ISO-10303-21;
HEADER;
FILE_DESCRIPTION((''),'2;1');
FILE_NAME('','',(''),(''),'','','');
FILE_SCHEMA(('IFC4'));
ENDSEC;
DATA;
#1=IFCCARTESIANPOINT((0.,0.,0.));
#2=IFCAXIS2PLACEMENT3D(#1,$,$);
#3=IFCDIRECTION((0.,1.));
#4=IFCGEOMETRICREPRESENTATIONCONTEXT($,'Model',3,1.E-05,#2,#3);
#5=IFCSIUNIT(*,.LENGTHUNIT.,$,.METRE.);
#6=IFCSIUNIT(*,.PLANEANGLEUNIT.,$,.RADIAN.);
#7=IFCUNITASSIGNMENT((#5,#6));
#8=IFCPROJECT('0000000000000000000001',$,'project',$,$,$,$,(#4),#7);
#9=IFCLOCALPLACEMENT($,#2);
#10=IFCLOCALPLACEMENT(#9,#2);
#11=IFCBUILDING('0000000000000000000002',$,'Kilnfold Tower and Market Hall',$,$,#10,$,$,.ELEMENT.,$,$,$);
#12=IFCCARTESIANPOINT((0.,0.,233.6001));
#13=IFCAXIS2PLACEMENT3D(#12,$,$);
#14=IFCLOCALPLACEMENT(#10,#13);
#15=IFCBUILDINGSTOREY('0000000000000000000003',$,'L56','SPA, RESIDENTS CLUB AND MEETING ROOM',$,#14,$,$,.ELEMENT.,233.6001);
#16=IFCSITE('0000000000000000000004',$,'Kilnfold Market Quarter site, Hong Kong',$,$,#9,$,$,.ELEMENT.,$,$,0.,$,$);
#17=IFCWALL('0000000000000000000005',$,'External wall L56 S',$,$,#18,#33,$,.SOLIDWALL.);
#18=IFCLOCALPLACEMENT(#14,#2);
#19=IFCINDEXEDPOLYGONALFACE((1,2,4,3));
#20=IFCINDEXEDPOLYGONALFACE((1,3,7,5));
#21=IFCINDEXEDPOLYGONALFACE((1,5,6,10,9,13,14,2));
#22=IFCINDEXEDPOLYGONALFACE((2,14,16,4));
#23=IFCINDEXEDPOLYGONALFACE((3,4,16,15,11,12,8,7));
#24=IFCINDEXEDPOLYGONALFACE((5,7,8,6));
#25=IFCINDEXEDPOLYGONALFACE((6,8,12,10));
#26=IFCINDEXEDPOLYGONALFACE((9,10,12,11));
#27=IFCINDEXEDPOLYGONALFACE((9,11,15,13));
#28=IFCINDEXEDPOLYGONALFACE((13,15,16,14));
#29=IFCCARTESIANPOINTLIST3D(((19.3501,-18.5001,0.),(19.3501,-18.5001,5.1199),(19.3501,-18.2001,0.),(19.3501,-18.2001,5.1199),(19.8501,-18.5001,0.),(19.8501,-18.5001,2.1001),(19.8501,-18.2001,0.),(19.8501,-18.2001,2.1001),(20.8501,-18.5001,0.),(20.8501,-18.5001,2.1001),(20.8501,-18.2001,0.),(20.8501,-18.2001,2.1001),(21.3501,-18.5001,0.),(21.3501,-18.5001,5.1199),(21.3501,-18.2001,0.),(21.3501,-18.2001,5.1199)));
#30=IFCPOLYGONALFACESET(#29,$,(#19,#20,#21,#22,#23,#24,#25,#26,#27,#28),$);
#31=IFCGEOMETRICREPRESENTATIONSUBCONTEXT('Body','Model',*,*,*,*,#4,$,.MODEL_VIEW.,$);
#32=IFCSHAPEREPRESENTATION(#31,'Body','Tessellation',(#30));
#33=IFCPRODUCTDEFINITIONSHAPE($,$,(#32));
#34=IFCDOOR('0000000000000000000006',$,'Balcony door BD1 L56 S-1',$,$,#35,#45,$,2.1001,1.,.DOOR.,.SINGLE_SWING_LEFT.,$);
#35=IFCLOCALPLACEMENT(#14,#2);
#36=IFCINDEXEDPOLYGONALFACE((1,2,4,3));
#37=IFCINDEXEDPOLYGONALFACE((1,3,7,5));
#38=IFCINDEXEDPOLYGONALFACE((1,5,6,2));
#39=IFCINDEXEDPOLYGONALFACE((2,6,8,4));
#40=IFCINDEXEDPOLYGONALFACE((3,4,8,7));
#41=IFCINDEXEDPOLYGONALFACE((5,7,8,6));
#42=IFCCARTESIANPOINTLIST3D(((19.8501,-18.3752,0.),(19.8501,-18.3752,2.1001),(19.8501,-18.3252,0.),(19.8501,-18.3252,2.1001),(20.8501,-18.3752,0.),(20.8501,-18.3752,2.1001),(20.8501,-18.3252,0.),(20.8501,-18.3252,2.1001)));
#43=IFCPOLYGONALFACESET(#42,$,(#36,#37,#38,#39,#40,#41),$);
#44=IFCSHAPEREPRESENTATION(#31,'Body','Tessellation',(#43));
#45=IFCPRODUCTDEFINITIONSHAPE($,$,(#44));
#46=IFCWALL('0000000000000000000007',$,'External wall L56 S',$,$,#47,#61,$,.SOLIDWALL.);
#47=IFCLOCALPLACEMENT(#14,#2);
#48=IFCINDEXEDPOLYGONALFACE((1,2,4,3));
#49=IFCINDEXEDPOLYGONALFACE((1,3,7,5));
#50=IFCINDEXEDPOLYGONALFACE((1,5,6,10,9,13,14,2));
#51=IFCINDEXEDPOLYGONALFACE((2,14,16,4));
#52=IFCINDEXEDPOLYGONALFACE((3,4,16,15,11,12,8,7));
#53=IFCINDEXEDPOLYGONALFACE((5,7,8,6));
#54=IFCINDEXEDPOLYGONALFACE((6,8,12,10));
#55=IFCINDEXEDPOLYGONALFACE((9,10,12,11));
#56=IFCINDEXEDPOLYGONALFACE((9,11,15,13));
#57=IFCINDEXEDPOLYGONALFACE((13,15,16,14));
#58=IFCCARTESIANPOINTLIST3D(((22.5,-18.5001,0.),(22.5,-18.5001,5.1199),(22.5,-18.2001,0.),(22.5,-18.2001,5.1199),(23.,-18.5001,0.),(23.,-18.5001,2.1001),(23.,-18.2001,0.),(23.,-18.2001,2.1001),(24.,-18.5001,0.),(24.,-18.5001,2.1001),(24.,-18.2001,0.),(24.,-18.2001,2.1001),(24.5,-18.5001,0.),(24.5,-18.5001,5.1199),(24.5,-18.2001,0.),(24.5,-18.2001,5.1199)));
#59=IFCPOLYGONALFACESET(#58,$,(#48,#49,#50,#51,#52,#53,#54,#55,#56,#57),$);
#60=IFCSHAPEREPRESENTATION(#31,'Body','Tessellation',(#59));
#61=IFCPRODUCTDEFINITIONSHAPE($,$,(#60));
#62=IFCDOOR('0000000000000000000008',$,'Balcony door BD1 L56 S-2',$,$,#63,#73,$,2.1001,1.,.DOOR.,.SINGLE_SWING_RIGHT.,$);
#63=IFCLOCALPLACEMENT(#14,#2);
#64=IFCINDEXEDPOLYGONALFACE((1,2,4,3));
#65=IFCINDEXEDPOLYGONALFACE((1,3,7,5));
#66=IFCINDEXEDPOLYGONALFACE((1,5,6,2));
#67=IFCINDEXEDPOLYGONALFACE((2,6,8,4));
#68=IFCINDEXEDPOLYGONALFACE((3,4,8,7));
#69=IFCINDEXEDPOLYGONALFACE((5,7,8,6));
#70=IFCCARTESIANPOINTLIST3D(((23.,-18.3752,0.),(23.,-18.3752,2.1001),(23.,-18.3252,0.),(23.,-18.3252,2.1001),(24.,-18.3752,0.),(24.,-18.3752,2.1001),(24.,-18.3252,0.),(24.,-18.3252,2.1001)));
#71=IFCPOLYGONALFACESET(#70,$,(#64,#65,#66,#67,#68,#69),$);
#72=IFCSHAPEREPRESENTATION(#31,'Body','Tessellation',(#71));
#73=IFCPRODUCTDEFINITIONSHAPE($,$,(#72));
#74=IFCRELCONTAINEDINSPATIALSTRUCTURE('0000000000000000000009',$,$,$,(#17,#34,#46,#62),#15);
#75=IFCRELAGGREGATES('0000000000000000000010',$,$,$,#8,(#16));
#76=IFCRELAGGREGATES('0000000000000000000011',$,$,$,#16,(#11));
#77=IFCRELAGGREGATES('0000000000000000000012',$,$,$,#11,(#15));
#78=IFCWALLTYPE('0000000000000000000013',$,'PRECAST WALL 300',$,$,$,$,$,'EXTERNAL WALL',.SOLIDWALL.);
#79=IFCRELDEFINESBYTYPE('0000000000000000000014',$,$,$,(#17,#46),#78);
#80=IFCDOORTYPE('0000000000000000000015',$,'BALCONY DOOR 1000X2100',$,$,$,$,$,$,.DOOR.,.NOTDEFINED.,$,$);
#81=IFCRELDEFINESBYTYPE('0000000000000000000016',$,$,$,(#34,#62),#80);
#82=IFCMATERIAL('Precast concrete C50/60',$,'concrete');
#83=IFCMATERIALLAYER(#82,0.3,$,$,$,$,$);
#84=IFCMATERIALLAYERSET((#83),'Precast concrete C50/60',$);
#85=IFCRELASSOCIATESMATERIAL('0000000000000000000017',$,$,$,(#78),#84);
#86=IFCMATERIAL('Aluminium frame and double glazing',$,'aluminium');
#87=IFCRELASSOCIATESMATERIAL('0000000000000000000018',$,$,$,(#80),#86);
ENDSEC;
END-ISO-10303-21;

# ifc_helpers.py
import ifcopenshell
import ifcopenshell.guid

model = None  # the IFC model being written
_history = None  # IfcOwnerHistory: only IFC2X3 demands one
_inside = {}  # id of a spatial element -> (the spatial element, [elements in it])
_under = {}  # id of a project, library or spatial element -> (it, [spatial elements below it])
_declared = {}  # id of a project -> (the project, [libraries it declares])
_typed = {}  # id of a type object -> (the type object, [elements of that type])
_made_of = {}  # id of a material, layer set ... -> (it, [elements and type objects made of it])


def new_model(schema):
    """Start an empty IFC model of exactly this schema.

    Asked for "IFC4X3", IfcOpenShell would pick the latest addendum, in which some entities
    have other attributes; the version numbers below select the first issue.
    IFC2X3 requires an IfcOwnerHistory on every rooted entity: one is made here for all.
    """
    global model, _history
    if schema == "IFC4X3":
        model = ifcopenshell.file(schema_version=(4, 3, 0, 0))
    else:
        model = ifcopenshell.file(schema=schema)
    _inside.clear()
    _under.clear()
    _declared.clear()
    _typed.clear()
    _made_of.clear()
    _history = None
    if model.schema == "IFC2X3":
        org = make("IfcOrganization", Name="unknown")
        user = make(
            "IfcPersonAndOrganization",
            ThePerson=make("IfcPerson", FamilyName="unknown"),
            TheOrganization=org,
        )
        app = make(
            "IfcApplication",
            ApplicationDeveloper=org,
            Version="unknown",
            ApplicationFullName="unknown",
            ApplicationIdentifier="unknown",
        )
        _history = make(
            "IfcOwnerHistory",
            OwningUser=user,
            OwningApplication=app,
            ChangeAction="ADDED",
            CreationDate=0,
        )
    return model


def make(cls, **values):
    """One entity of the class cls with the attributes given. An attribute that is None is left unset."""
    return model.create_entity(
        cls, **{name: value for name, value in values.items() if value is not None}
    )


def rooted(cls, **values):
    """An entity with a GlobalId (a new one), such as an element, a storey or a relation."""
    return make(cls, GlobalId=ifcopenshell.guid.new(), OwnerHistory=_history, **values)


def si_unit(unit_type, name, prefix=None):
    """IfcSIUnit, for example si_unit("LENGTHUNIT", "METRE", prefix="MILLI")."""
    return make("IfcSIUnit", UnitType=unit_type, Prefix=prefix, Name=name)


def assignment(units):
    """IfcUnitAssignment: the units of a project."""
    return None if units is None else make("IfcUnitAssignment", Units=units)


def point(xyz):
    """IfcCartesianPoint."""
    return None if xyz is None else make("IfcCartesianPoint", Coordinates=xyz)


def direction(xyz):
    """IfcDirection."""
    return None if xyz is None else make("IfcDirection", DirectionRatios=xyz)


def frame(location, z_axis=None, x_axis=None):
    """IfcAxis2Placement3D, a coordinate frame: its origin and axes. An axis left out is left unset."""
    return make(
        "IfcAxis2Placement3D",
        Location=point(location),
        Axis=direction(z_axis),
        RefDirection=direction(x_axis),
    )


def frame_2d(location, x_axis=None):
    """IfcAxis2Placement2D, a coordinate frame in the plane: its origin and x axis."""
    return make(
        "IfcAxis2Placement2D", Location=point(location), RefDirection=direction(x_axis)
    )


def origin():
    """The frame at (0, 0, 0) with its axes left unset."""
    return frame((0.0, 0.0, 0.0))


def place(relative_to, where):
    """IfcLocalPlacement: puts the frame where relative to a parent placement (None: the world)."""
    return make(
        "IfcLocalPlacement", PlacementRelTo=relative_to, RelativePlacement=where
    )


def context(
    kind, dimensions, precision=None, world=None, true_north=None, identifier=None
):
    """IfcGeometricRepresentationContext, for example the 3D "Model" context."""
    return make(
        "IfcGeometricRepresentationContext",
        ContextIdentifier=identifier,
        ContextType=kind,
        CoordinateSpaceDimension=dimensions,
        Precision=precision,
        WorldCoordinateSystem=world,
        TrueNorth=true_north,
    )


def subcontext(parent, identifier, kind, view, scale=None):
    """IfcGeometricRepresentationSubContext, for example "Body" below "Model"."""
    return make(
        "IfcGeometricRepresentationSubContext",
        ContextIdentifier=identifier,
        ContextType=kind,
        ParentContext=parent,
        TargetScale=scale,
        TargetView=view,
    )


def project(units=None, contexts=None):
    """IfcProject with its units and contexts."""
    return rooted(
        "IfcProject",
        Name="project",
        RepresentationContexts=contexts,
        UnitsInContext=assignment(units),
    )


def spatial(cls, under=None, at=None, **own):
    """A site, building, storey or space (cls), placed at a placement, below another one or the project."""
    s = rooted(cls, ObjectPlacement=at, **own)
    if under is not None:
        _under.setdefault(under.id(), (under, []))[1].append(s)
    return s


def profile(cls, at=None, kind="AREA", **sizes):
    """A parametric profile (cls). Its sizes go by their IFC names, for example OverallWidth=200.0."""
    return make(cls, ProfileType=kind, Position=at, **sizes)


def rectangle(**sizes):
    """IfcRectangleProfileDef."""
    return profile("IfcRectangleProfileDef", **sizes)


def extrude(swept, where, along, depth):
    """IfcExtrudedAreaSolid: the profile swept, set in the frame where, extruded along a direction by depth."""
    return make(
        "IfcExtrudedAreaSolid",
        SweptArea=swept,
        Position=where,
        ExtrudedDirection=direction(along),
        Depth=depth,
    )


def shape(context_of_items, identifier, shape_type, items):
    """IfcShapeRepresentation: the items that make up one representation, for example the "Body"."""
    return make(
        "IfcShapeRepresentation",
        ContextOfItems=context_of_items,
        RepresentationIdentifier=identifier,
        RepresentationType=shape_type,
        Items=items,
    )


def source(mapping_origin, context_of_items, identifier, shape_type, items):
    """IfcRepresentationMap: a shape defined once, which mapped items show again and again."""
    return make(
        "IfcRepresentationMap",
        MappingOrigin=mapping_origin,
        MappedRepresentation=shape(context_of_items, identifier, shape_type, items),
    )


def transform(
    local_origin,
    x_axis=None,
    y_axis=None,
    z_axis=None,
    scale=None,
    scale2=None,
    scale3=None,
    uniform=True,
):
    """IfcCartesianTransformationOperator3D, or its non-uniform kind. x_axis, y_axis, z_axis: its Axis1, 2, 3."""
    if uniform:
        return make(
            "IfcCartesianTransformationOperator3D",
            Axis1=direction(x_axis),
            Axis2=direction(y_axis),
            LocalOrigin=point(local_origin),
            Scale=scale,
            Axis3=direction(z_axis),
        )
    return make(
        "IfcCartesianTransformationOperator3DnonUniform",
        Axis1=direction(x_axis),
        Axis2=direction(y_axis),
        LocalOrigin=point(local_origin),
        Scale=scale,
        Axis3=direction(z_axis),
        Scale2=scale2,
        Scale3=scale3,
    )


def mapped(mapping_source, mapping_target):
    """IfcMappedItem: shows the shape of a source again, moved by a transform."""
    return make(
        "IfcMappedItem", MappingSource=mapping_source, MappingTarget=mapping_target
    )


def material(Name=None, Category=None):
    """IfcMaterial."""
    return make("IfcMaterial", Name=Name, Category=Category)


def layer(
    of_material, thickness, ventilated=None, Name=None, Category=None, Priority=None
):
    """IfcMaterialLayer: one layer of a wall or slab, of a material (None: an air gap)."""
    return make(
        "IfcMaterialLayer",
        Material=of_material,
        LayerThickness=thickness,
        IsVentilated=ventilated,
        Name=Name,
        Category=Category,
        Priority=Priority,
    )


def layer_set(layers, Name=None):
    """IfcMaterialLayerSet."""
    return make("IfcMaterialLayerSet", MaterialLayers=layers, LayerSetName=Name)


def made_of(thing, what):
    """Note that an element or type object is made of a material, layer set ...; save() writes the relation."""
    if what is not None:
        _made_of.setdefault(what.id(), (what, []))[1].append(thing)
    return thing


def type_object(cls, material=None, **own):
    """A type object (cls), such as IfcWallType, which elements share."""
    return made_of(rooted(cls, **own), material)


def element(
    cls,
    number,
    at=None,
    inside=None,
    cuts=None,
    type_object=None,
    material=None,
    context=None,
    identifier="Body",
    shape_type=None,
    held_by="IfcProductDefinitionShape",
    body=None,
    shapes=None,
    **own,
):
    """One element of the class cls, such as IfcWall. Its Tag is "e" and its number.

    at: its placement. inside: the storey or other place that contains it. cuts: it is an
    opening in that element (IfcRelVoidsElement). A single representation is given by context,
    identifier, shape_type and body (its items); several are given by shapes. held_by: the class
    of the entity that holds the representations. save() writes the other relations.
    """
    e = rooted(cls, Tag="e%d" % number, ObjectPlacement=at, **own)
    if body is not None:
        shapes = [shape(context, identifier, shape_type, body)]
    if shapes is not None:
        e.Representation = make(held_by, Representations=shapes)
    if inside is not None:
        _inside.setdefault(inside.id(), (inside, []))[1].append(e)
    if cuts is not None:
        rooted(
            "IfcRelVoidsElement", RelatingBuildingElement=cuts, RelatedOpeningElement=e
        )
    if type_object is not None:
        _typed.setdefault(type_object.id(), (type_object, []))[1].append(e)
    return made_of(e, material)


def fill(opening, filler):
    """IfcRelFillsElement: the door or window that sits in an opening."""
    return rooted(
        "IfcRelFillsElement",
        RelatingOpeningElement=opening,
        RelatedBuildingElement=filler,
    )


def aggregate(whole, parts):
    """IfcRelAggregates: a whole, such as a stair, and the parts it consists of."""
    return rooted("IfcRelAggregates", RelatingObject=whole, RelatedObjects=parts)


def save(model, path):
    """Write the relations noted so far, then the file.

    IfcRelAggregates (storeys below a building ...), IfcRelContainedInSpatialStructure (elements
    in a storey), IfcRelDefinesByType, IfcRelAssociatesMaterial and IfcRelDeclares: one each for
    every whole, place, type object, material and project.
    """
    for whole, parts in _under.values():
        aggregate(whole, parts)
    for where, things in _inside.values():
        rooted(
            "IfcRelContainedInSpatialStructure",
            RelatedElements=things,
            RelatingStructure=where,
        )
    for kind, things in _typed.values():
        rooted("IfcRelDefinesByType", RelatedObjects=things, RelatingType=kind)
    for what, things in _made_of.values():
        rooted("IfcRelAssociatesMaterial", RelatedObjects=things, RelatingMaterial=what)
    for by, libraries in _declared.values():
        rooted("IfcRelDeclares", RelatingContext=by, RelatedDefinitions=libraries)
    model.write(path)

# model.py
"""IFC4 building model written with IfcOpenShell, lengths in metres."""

from ifc_helpers import new_model, si_unit, direction, frame, frame_2d, origin, place, context, subcontext, project, spatial, rectangle, extrude, source, transform, mapped, material, layer, layer_set, type_object, element, fill, save


model = new_model("IFC4")

# Units and contexts
model_context = context("Model", 3, precision=1e-05, world=origin(), true_north=direction((0.0, 1.0)))
body_context = subcontext(model_context, "Body", "Model", "MODEL_VIEW")
ifc_project = project(units=[si_unit("LENGTHUNIT", "METRE"), si_unit("PLANEANGLEUNIT", "RADIAN")], contexts=[model_context])

# Site, building, storey
site_placement = place(None, origin())
site = spatial("IfcSite", under=ifc_project, at=site_placement, Name="Kilnfold Market Quarter site, Hong Kong", CompositionType="ELEMENT", RefElevation=0.0)
building_placement = place(site_placement, origin())
building = spatial("IfcBuilding", under=site, at=building_placement, Name="Kilnfold Tower and Market Hall", CompositionType="ELEMENT")
storey_placement = place(building_placement, frame((0.0, 0.0, 233.6001)))
storey = spatial("IfcBuildingStorey", under=building, at=storey_placement, Name="L56", Description="SPA, RESIDENTS CLUB AND MEETING ROOM", CompositionType="ELEMENT", Elevation=233.6001)

# Walls, openings, doors
ifc_material_1 = material(Name="Precast concrete C50/60", Category="concrete")
ifc_layer_1 = layer(ifc_material_1, 0.3)
ifc_layer_set_1 = layer_set([ifc_layer_1], Name="Precast concrete C50/60")
wall_type = type_object("IfcWallType", Name="PRECAST WALL 300", ElementType="EXTERNAL WALL", PredefinedType="SOLIDWALL", material=ifc_layer_set_1)
shared_shape_1 = source(origin(), body_context, "Body", "SweptSolid", [
    extrude(rectangle(XDim=2.0, YDim=0.3, at=frame_2d((1.0, 0.0))), origin(), (0.0, 0.0, 1.0), 5.1199),
])
wall_1_placement = place(storey_placement, frame((19.3501, -18.3501, 0.0), z_axis=(0.0, 0.0, 1.0), x_axis=(1.0, 0.0, 0.0)))
wall_1 = element("IfcWall", 1, at=wall_1_placement, inside=storey, type_object=wall_type, Name="External wall L56 S", PredefinedType="SOLIDWALL", context=body_context, shape_type="MappedRepresentation", body=[
    mapped(shared_shape_1, transform((0.0, 0.0, 0.0))),
])
opening_1_placement = place(wall_1_placement, frame((0.5, 0.0, 0.0)))
opening_1 = element("IfcOpeningElement", 2, at=opening_1_placement, cuts=wall_1, PredefinedType="OPENING", context=body_context, shape_type="SweptSolid", body=[
    extrude(rectangle(XDim=1.0, YDim=2.1001, at=frame_2d((0.5, 1.05))), frame((0.0, 0.1602, 0.0), z_axis=(0.0, -1.0, 0.0), x_axis=(1.0, 0.0, 0.0)), (0.0, 0.0, 1.0), 0.3201),
])
ifc_material_2 = material(Name="Aluminium frame and double glazing", Category="aluminium")
door_type = type_object("IfcDoorType", Name="BALCONY DOOR 1000X2100", OperationType="NOTDEFINED", PredefinedType="DOOR", material=ifc_material_2)
door_1_placement = place(opening_1_placement, origin())
door_1 = element("IfcDoor", 3, at=door_1_placement, inside=storey, type_object=door_type, Name="Balcony door BD1 L56 S-1", OperationType="SINGLE_SWING_LEFT", OverallHeight=2.1001, OverallWidth=1.0, PredefinedType="DOOR", context=body_context, shape_type="SweptSolid", body=[
    extrude(rectangle(XDim=1.0, YDim=2.1001, at=frame_2d((0.5, 1.05))), frame((0.0, 0.0249, 0.0), z_axis=(0.0, -1.0, 0.0), x_axis=(1.0, 0.0, 0.0)), (0.0, 0.0, 1.0), 0.05),
])
fill(opening_1, door_1)
wall_2_placement = place(storey_placement, frame((22.5, -18.3501, 0.0), z_axis=(0.0, 0.0, 1.0), x_axis=(1.0, 0.0, 0.0)))
wall_2 = element("IfcWall", 4, at=wall_2_placement, inside=storey, type_object=wall_type, Name="External wall L56 S", PredefinedType="SOLIDWALL", context=body_context, shape_type="MappedRepresentation", body=[
    mapped(shared_shape_1, transform((0.0, 0.0, 0.0))),
])
opening_2_placement = place(wall_2_placement, frame((0.5, 0.0, 0.0)))
opening_2 = element("IfcOpeningElement", 5, at=opening_2_placement, cuts=wall_2, PredefinedType="OPENING", context=body_context, shape_type="SweptSolid", body=[
    extrude(rectangle(XDim=1.0, YDim=2.1001, at=frame_2d((0.5, 1.05))), frame((0.0, 0.1602, 0.0), z_axis=(0.0, -1.0, 0.0), x_axis=(1.0, 0.0, 0.0)), (0.0, 0.0, 1.0), 0.3201),
])
door_2_placement = place(opening_2_placement, origin())
door_2 = element("IfcDoor", 6, at=door_2_placement, inside=storey, type_object=door_type, Name="Balcony door BD1 L56 S-2", OperationType="SINGLE_SWING_RIGHT", OverallHeight=2.1001, OverallWidth=1.0, PredefinedType="DOOR", context=body_context, shape_type="SweptSolid", body=[
    extrude(rectangle(XDim=1.0, YDim=2.1001, at=frame_2d((0.5, 1.05))), frame((0.0, 0.0249, 0.0), z_axis=(0.0, -1.0, 0.0), x_axis=(1.0, 0.0, 0.0)), (0.0, 0.0, 1.0), 0.05),
])
fill(opening_2, door_2)

save(model, "model.ifc")
